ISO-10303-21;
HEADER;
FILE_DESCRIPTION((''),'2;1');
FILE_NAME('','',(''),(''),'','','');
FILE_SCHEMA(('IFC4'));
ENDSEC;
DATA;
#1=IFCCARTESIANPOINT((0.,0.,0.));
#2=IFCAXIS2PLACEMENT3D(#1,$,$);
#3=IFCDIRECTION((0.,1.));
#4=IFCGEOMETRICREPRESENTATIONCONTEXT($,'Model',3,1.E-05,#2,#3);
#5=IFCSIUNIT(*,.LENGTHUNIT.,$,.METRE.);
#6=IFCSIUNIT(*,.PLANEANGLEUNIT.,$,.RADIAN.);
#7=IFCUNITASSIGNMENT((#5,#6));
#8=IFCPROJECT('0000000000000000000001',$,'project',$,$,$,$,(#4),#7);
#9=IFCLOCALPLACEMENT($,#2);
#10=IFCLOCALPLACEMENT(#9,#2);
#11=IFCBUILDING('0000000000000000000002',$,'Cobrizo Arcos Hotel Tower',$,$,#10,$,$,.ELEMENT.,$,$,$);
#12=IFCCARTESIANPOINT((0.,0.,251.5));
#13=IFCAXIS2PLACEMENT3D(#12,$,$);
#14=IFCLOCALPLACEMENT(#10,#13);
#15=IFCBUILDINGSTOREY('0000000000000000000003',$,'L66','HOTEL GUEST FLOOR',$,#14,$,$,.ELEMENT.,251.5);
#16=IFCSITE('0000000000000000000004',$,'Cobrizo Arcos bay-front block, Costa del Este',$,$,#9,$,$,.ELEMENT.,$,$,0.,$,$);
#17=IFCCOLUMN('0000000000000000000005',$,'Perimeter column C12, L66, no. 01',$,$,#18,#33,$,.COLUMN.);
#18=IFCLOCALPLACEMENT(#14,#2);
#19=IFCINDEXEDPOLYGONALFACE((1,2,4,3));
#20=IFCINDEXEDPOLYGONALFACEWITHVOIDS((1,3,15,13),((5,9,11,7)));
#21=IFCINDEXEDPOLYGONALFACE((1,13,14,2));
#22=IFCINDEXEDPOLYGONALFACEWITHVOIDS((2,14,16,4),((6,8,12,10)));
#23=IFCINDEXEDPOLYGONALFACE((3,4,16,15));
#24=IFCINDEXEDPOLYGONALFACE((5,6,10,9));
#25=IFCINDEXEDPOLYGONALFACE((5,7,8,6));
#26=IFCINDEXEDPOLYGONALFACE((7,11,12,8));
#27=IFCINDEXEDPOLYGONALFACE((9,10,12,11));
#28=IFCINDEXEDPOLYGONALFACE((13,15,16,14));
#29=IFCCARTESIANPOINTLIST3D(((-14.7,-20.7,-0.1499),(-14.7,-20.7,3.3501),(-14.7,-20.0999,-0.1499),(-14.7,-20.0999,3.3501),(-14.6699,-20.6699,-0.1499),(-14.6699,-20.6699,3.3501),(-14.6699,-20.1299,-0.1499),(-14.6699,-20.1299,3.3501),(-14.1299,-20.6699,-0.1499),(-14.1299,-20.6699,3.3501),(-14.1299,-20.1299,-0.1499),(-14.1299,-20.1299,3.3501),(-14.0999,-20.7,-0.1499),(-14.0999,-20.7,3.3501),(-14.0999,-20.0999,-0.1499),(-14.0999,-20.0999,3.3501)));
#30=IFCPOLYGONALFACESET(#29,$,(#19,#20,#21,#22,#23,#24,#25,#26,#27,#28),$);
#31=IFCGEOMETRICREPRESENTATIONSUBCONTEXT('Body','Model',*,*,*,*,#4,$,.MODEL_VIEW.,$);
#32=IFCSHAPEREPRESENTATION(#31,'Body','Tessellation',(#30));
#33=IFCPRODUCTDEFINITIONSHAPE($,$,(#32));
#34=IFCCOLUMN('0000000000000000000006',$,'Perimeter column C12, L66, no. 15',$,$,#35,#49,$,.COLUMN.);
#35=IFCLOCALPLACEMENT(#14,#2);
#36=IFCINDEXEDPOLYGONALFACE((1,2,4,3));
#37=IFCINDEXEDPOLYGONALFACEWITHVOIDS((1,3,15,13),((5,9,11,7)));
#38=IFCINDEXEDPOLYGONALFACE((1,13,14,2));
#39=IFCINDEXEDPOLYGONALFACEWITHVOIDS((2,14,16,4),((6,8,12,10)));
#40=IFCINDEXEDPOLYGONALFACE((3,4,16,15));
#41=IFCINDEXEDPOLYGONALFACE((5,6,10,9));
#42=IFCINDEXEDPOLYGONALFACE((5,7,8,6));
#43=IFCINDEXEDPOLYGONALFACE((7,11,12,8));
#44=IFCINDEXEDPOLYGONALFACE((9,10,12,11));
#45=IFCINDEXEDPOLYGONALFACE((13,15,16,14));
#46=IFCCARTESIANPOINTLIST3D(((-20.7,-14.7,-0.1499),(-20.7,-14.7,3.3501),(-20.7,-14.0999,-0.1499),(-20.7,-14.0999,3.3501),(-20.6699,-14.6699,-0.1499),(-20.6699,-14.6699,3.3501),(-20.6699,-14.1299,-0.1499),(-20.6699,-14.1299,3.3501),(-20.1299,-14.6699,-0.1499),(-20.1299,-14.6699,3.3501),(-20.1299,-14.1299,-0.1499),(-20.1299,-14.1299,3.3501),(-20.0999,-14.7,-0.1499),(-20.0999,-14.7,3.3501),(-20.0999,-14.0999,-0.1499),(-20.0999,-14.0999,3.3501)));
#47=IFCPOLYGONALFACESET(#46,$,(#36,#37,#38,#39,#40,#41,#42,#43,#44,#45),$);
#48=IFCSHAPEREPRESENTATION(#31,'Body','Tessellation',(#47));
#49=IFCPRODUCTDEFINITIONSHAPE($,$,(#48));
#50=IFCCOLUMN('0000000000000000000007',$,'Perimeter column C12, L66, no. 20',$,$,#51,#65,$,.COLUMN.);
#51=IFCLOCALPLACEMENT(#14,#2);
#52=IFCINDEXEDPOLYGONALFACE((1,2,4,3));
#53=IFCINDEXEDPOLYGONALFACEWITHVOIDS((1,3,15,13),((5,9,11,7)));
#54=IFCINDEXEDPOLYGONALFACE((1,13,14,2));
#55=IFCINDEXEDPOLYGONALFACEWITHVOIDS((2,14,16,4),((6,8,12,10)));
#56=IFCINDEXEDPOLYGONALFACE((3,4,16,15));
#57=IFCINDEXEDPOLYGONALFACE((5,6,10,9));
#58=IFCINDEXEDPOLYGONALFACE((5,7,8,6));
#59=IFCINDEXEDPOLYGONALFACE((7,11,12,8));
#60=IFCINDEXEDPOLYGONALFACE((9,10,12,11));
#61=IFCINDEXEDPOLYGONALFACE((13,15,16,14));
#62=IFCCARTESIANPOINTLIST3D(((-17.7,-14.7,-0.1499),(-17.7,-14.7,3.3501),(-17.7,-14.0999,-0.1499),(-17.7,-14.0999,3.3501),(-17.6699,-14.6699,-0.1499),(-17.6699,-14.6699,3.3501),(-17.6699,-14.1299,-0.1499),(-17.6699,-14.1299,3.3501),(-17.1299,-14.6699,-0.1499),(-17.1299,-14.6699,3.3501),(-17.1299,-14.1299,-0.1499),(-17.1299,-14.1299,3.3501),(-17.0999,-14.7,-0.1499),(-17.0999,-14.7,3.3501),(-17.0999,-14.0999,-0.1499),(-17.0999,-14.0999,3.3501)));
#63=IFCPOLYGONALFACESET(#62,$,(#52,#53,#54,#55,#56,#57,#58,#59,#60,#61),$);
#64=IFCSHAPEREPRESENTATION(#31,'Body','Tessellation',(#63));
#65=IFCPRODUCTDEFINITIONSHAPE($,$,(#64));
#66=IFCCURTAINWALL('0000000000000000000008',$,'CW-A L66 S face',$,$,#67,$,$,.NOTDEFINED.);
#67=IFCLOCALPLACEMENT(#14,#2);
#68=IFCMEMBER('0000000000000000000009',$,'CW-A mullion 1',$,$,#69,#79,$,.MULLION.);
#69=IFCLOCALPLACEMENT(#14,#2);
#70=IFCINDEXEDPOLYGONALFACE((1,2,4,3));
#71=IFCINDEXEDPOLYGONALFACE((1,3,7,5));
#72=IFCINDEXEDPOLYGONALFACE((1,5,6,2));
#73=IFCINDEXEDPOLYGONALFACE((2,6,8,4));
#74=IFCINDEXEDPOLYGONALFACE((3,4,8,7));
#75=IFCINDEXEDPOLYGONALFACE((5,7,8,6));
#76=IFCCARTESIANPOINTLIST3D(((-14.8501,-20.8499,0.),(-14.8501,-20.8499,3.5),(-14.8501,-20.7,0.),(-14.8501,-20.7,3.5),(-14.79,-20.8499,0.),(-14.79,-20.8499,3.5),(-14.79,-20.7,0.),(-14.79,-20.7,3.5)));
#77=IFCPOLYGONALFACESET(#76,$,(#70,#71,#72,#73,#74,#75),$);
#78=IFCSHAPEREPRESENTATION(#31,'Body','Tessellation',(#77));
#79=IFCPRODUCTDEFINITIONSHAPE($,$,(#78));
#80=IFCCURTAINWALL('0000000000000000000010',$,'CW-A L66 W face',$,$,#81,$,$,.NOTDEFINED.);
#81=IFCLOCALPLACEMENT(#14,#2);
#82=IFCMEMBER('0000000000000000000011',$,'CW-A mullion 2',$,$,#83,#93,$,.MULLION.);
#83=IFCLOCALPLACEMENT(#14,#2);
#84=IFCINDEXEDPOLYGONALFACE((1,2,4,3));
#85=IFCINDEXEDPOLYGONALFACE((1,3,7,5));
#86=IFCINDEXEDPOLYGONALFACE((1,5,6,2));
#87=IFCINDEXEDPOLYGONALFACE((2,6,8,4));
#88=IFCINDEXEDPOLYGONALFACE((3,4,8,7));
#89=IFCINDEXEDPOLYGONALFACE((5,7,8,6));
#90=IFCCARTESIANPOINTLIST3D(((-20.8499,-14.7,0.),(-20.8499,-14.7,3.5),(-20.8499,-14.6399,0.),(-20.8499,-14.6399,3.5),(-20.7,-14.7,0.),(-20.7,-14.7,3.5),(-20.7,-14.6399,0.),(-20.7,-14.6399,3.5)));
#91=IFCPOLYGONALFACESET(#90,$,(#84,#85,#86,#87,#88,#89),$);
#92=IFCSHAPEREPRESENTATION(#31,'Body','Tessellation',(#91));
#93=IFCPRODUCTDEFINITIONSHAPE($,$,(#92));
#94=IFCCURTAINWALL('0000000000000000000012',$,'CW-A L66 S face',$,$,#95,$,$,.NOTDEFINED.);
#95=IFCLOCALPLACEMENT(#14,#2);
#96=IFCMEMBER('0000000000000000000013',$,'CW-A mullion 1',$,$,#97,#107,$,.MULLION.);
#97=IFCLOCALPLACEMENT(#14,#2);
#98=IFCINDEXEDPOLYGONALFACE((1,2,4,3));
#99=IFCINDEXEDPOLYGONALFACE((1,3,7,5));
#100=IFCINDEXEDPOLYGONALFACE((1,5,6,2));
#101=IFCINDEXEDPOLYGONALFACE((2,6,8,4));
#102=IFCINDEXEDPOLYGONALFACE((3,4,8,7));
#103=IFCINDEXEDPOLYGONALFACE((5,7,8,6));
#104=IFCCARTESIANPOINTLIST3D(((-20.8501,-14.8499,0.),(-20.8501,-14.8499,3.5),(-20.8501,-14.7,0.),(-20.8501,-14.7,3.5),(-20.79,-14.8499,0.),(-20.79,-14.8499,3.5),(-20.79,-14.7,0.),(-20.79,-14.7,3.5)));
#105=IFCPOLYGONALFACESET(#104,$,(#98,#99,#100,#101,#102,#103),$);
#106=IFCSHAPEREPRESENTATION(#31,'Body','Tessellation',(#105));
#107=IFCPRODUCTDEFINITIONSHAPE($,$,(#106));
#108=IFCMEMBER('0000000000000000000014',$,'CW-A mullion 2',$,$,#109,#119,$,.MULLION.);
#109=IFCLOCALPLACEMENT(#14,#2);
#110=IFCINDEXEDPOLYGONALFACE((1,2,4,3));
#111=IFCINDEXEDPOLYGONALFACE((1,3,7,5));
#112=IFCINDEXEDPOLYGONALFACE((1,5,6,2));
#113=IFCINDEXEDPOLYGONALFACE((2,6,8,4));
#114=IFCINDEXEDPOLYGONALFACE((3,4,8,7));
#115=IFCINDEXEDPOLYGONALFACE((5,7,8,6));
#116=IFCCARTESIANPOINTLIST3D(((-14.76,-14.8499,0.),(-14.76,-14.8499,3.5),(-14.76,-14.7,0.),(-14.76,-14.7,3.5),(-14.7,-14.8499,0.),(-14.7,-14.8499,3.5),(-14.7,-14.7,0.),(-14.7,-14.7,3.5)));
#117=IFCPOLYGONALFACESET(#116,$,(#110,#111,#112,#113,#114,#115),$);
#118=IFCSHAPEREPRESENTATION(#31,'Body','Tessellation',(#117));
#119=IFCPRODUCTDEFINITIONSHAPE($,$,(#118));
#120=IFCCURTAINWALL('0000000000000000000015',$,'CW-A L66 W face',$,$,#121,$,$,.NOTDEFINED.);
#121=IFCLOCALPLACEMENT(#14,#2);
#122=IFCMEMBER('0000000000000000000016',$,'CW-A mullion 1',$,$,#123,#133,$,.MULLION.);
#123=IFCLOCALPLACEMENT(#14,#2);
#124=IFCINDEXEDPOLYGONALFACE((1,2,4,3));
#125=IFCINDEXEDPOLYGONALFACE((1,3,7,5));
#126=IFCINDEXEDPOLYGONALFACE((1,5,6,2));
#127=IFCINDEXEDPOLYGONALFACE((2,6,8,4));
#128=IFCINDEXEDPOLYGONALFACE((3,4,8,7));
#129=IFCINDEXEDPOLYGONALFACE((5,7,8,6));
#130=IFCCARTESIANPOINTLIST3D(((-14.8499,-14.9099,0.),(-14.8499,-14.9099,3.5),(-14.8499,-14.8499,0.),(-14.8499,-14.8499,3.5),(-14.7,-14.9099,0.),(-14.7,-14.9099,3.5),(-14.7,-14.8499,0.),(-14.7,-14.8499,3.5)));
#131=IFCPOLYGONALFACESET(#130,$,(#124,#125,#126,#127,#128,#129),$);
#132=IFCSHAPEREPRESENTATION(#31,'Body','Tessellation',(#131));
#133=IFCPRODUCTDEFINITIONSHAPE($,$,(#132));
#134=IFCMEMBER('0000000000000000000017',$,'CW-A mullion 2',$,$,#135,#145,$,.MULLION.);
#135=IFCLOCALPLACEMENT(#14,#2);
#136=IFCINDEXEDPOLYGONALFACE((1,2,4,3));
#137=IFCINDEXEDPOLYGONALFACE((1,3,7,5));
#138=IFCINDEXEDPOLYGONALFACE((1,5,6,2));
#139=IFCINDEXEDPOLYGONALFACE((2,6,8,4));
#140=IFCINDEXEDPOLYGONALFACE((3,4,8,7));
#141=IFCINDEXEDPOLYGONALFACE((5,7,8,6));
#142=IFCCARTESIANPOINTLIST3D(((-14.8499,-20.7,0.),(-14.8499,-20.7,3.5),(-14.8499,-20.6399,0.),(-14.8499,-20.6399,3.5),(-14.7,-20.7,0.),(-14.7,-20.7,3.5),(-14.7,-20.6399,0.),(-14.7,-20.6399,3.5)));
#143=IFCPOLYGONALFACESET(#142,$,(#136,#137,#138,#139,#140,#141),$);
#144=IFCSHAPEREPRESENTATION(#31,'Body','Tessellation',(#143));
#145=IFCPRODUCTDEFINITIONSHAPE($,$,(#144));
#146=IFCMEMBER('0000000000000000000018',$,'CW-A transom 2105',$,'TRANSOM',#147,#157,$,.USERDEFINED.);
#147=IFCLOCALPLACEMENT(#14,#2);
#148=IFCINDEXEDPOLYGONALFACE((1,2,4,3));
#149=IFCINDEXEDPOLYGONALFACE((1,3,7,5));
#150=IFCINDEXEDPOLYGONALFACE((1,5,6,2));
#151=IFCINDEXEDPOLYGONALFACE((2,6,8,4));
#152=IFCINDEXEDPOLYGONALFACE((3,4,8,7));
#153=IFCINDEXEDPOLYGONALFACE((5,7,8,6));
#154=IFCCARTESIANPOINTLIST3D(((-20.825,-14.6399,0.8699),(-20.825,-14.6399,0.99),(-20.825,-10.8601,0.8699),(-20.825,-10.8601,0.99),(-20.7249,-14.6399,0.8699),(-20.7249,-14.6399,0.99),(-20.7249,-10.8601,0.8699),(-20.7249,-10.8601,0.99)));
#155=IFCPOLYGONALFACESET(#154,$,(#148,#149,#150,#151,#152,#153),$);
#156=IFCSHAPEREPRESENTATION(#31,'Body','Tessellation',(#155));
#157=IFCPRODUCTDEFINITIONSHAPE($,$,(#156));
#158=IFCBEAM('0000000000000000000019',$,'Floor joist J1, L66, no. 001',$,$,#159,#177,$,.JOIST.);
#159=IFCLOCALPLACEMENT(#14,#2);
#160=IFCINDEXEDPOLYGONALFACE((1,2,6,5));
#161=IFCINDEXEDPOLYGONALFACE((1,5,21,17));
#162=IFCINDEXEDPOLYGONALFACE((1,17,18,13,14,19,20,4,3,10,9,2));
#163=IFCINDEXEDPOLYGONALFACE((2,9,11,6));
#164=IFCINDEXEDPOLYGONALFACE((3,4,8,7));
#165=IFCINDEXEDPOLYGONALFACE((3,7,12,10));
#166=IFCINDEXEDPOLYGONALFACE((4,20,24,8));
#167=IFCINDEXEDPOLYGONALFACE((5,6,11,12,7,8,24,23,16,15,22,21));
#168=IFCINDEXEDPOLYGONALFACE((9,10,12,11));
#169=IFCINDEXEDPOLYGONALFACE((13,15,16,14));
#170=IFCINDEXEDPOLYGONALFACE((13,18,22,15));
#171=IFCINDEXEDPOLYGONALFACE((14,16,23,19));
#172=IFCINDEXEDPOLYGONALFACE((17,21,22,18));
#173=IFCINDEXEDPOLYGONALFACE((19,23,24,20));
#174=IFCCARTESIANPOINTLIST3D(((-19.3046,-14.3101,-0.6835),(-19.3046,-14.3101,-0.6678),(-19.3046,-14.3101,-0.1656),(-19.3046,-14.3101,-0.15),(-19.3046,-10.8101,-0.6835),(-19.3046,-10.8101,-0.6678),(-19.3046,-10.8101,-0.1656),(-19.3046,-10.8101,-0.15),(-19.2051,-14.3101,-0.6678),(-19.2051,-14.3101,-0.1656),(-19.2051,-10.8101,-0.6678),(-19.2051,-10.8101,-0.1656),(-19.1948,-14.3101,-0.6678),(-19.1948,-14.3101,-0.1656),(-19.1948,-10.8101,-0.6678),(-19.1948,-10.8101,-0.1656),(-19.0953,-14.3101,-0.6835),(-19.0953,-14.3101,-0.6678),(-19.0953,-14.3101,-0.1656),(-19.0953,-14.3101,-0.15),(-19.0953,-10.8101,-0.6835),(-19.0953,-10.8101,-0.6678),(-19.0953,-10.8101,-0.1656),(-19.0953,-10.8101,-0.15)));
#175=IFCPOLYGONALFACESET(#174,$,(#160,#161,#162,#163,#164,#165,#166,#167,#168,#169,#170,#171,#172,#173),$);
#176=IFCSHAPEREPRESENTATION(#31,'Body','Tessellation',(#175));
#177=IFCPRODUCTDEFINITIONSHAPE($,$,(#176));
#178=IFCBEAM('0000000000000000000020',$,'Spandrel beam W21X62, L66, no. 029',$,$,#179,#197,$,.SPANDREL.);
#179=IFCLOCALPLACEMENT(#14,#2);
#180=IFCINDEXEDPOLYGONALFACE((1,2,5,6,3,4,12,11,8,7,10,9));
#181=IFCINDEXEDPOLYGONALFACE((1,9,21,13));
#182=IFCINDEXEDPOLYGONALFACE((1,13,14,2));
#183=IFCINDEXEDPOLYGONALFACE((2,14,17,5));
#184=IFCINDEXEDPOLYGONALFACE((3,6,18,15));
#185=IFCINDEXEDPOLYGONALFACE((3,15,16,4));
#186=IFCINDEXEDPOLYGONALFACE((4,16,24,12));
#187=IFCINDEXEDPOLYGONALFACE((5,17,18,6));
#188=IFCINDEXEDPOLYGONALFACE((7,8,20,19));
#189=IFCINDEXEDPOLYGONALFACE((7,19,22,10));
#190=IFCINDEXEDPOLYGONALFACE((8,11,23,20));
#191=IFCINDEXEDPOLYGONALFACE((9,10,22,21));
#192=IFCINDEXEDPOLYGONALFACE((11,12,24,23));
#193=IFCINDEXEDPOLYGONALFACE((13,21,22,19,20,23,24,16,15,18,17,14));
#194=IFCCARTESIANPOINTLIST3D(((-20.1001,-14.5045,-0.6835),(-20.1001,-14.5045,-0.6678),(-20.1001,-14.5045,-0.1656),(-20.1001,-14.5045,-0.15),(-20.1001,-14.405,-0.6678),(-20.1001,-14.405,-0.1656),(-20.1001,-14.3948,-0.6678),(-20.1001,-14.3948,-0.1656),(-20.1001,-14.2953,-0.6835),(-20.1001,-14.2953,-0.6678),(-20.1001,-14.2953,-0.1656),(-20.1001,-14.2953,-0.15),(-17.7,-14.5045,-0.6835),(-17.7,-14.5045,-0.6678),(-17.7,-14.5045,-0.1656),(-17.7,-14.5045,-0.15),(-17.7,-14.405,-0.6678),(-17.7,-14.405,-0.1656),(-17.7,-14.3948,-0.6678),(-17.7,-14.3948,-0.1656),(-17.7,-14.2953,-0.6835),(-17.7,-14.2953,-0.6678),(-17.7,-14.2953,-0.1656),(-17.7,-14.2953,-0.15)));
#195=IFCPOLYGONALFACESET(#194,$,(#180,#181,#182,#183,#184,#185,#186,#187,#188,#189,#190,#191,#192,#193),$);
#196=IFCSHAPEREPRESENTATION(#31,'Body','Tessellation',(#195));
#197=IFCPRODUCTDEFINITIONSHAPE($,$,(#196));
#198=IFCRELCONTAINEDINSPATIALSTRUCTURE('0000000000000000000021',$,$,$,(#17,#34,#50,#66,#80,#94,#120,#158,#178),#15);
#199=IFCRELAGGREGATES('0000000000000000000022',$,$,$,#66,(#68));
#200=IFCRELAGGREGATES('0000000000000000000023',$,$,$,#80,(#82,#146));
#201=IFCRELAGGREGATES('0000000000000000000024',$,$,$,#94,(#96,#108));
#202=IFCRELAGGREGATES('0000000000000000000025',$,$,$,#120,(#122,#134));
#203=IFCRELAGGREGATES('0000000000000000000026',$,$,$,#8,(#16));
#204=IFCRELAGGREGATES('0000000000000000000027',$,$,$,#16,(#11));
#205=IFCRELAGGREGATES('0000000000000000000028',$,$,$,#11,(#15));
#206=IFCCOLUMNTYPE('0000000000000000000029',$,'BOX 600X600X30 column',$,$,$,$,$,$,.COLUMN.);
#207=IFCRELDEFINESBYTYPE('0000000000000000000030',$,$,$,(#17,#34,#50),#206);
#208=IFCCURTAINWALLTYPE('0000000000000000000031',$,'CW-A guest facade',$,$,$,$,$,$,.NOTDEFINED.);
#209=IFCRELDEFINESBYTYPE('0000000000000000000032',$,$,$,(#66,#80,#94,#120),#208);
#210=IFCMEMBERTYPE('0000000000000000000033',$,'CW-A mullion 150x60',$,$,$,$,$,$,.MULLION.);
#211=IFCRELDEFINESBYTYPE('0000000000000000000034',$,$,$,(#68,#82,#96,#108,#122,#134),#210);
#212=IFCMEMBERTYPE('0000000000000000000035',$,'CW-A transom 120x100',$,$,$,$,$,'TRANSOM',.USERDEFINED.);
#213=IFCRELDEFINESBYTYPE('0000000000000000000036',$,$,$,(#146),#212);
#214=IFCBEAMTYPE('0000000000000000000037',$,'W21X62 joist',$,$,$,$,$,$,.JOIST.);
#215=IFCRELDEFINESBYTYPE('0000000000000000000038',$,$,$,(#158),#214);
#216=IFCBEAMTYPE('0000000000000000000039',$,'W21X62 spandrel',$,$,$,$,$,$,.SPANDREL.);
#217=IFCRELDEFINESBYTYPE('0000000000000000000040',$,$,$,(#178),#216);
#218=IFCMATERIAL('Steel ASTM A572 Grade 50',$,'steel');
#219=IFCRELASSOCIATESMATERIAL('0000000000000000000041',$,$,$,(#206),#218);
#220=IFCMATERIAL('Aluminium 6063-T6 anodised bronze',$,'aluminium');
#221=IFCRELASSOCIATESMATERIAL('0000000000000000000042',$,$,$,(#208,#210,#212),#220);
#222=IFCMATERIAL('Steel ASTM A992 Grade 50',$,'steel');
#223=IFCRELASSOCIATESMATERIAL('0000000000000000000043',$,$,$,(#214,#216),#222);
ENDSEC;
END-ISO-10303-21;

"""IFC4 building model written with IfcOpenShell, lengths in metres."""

from ifc_helpers import new_model, si_unit, direction, frame, origin, origin_2d, place, context, subcontext, project, spatial, rectangle, hollow_rectangle, i_section, extrude, material, material_profile, profile_set, type_object, element, aggregate, save


model = new_model("IFC4")

# Units and contexts
model_context = context("Model", 3, precision=1e-05, world=origin(), true_north=direction((0.0, 1.0)))
body_context = subcontext(model_context, "Body", "Model", "MODEL_VIEW")
ifc_project = project(units=[si_unit("LENGTHUNIT", "METRE"), si_unit("PLANEANGLEUNIT", "RADIAN")], contexts=[model_context])

# Site, building, storey
site_placement = place(None, origin())
site = spatial("IfcSite", under=ifc_project, at=site_placement, Name="Cobrizo Arcos bay-front block, Costa del Este", CompositionType="ELEMENT", RefElevation=0.0)
building_placement = place(site_placement, origin())
building = spatial("IfcBuilding", under=site, at=building_placement, Name="Cobrizo Arcos Hotel Tower", CompositionType="ELEMENT")
storey_placement = place(building_placement, frame((0.0, 0.0, 251.5)))
storey = spatial("IfcBuildingStorey", under=building, at=storey_placement, Name="L66", Description="HOTEL GUEST FLOOR", CompositionType="ELEMENT", Elevation=251.5)

# Columns
ifc_material_1 = material(Name="Steel ASTM A572 Grade 50", Category="steel")
ifc_material_profile_1 = material_profile(ifc_material_1, hollow_rectangle(XDim=0.6001, YDim=0.6001, WallThickness=0.03, at=origin_2d()), Name="BOX 600X600X30")
ifc_profile_set_1 = profile_set([ifc_material_profile_1], Name="Steel ASTM A572 Grade 50")
column_type = type_object("IfcColumnType", Name="BOX 600X600X30 column", PredefinedType="COLUMN", material=ifc_profile_set_1)
for number, where, z_axis, x_axis, name in (
    (1, (-14.3999, -20.3999, -0.1499), (0.0, 0.0, 1.0), (1.0, 0.0, 0.0), "Perimeter column C12, L66, no. 01"),
    (2, (-20.3999, -14.3999, -0.1499), (0.0, 0.0, 1.0), (1.0, 0.0, 0.0), "Perimeter column C12, L66, no. 15"),
    (3, (-17.3999, -14.3999, -0.1499), (0.0, 0.0, 1.0), (1.0, 0.0, 0.0), "Perimeter column C12, L66, no. 20"),
):
    element("IfcColumn", number, at=place(storey_placement, frame(where, z_axis=z_axis, x_axis=x_axis)), inside=storey, type_object=column_type, Name=name, PredefinedType="COLUMN", context=body_context, shape_type="SweptSolid", body=[
        extrude(hollow_rectangle(XDim=0.6001, YDim=0.6001, WallThickness=0.03, at=origin_2d()), origin(), (0.0, 0.0, 1.0), 3.5),
    ])

# Curtain walls, members
ifc_material_2 = material(Name="Aluminium 6063-T6 anodised bronze", Category="aluminium")
curtain_wall_type = type_object("IfcCurtainWallType", Name="CW-A guest facade", PredefinedType="NOTDEFINED", material=ifc_material_2)
curtain_wall_1_placement = place(storey_placement, origin())
curtain_wall_1 = element("IfcCurtainWall", 4, at=curtain_wall_1_placement, inside=storey, type_object=curtain_wall_type, Name="CW-A L66 S face", PredefinedType="NOTDEFINED")
ifc_material_profile_2 = material_profile(ifc_material_2, rectangle(XDim=0.1499, YDim=0.0601, at=origin_2d()), Name="CW-A mullion 150x60")
ifc_profile_set_2 = profile_set([ifc_material_profile_2], Name="Aluminium 6063-T6 anodised bronze")
member_type_1 = type_object("IfcMemberType", Name="CW-A mullion 150x60", PredefinedType="MULLION", material=ifc_profile_set_2)
member_1_placement = place(storey_placement, frame((-14.8201, -20.7749, 0.0), z_axis=(0.0, 0.0, 1.0), x_axis=(0.0, -1.0, 0.0)))
member_1 = element("IfcMember", 5, at=member_1_placement, type_object=member_type_1, Name="CW-A mullion 1", PredefinedType="MULLION", context=body_context, shape_type="SweptSolid", body=[
    extrude(rectangle(XDim=0.1499, YDim=0.0601, at=origin_2d()), origin(), (0.0, 0.0, 1.0), 3.5),
])
aggregate(curtain_wall_1, [member_1])
curtain_wall_2_placement = place(storey_placement, origin())
curtain_wall_2 = element("IfcCurtainWall", 6, at=curtain_wall_2_placement, inside=storey, type_object=curtain_wall_type, Name="CW-A L66 W face", PredefinedType="NOTDEFINED")
member_2_placement = place(storey_placement, frame((-20.7749, -14.6699, 0.0), z_axis=(0.0, 0.0, 1.0), x_axis=(-1.0, 0.0, 0.0)))
member_2 = element("IfcMember", 7, at=member_2_placement, type_object=member_type_1, Name="CW-A mullion 2", PredefinedType="MULLION", context=body_context, shape_type="SweptSolid", body=[
    extrude(rectangle(XDim=0.1499, YDim=0.0601, at=origin_2d()), origin(), (0.0, 0.0, 1.0), 3.5),
])

# Curtain walls, members
curtain_wall_3_placement = place(storey_placement, origin())
curtain_wall_3 = element("IfcCurtainWall", 8, at=curtain_wall_3_placement, inside=storey, type_object=curtain_wall_type, Name="CW-A L66 S face", PredefinedType="NOTDEFINED")
member_3_placement = place(storey_placement, frame((-20.8201, -14.7749, 0.0), z_axis=(0.0, 0.0, 1.0), x_axis=(0.0, -1.0, 0.0)))
member_3 = element("IfcMember", 9, at=member_3_placement, type_object=member_type_1, Name="CW-A mullion 1", PredefinedType="MULLION", context=body_context, shape_type="SweptSolid", body=[
    extrude(rectangle(XDim=0.1499, YDim=0.0601, at=origin_2d()), origin(), (0.0, 0.0, 1.0), 3.5),
])
member_4_placement = place(storey_placement, frame((-14.73, -14.7749, 0.0), z_axis=(0.0, 0.0, 1.0), x_axis=(0.0, -1.0, 0.0)))
member_4 = element("IfcMember", 10, at=member_4_placement, type_object=member_type_1, Name="CW-A mullion 2", PredefinedType="MULLION", context=body_context, shape_type="SweptSolid", body=[
    extrude(rectangle(XDim=0.1499, YDim=0.0601, at=origin_2d()), origin(), (0.0, 0.0, 1.0), 3.5),
])
curtain_wall_4_placement = place(storey_placement, origin())
curtain_wall_4 = element("IfcCurtainWall", 11, at=curtain_wall_4_placement, inside=storey, type_object=curtain_wall_type, Name="CW-A L66 W face", PredefinedType="NOTDEFINED")
member_5_placement = place(storey_placement, frame((-14.7749, -14.8799, 0.0), z_axis=(0.0, 0.0, 1.0), x_axis=(-1.0, 0.0, 0.0)))
member_5 = element("IfcMember", 12, at=member_5_placement, type_object=member_type_1, Name="CW-A mullion 1", PredefinedType="MULLION", context=body_context, shape_type="SweptSolid", body=[
    extrude(rectangle(XDim=0.1499, YDim=0.0601, at=origin_2d()), origin(), (0.0, 0.0, 1.0), 3.5),
])
member_6_placement = place(storey_placement, frame((-14.7749, -20.6699, 0.0), z_axis=(0.0, 0.0, 1.0), x_axis=(-1.0, 0.0, 0.0)))
member_6 = element("IfcMember", 13, at=member_6_placement, type_object=member_type_1, Name="CW-A mullion 2", PredefinedType="MULLION", context=body_context, shape_type="SweptSolid", body=[
    extrude(rectangle(XDim=0.1499, YDim=0.0601, at=origin_2d()), origin(), (0.0, 0.0, 1.0), 3.5),
])

# Member
ifc_material_profile_3 = material_profile(ifc_material_2, rectangle(XDim=0.1001, YDim=0.1201, at=origin_2d()), Name="CW-A transom 120x100")
ifc_profile_set_3 = profile_set([ifc_material_profile_3], Name="Aluminium 6063-T6 anodised bronze")
member_type_2 = type_object("IfcMemberType", Name="CW-A transom 120x100", ElementType="TRANSOM", PredefinedType="USERDEFINED", material=ifc_profile_set_3)
member_7_placement = place(storey_placement, frame((-20.7749, -10.8601, 0.9299), z_axis=(0.0, -1.0, 0.0), x_axis=(1.0, 0.0, 0.0)))
member_7 = element("IfcMember", 14, at=member_7_placement, type_object=member_type_2, Name="CW-A transom 2105", ObjectType="TRANSOM", PredefinedType="USERDEFINED", context=body_context, shape_type="SweptSolid", body=[
    extrude(rectangle(XDim=0.1001, YDim=0.1201, at=origin_2d()), origin(), (0.0, 0.0, 1.0), 3.7798),
])

# Beams
ifc_material_3 = material(Name="Steel ASTM A992 Grade 50", Category="steel")
ifc_material_profile_4 = material_profile(ifc_material_3, i_section(OverallWidth=0.2092, OverallDepth=0.5334, WebThickness=0.0103, FlangeThickness=0.0156, at=origin_2d()), Name="W21X62")
ifc_profile_set_4 = profile_set([ifc_material_profile_4], Name="Steel ASTM A992 Grade 50")
beam_type_1 = type_object("IfcBeamType", Name="W21X62 joist", PredefinedType="JOIST", material=ifc_profile_set_4)
beam_placement = place(storey_placement, frame((-19.2, -14.3101, -0.4167), z_axis=(0.0, 1.0, 0.0), x_axis=(-1.0, 0.0, 0.0)))
element("IfcBeam", 15, at=beam_placement, inside=storey, type_object=beam_type_1, Name="Floor joist J1, L66, no. 001", PredefinedType="JOIST", context=body_context, shape_type="SweptSolid", body=[
    extrude(i_section(OverallWidth=0.2092, OverallDepth=0.5334, WebThickness=0.0103, FlangeThickness=0.0156, at=origin_2d()), origin(), (0.0, 0.0, 1.0), 3.5),
])
ifc_material_profile_5 = material_profile(ifc_material_3, i_section(OverallWidth=0.2092, OverallDepth=0.5334, WebThickness=0.0103, FlangeThickness=0.0156, at=origin_2d()), Name="W21X62")
ifc_profile_set_5 = profile_set([ifc_material_profile_5], Name="Steel ASTM A992 Grade 50")
beam_type_2 = type_object("IfcBeamType", Name="W21X62 spandrel", PredefinedType="SPANDREL", material=ifc_profile_set_5)
for number, where, z_axis, x_axis, name in (
    (16, (-20.1001, -14.3999, -0.4167), (1.0, 0.0, 0.0), (0.0, 1.0, 0.0), "Spandrel beam W21X62, L66, no. 029"),
):
    element("IfcBeam", number, at=place(storey_placement, frame(where, z_axis=z_axis, x_axis=x_axis)), inside=storey, type_object=beam_type_2, Name=name, PredefinedType="SPANDREL", context=body_context, shape_type="SweptSolid", body=[
        extrude(i_section(OverallWidth=0.2092, OverallDepth=0.5334, WebThickness=0.0103, FlangeThickness=0.0156, at=origin_2d()), origin(), (0.0, 0.0, 1.0), 2.4001),
    ])

aggregate(curtain_wall_2, [member_2, member_7])
aggregate(curtain_wall_3, [member_3, member_4])
aggregate(curtain_wall_4, [member_5, member_6])

save(model, "model.ifc")
